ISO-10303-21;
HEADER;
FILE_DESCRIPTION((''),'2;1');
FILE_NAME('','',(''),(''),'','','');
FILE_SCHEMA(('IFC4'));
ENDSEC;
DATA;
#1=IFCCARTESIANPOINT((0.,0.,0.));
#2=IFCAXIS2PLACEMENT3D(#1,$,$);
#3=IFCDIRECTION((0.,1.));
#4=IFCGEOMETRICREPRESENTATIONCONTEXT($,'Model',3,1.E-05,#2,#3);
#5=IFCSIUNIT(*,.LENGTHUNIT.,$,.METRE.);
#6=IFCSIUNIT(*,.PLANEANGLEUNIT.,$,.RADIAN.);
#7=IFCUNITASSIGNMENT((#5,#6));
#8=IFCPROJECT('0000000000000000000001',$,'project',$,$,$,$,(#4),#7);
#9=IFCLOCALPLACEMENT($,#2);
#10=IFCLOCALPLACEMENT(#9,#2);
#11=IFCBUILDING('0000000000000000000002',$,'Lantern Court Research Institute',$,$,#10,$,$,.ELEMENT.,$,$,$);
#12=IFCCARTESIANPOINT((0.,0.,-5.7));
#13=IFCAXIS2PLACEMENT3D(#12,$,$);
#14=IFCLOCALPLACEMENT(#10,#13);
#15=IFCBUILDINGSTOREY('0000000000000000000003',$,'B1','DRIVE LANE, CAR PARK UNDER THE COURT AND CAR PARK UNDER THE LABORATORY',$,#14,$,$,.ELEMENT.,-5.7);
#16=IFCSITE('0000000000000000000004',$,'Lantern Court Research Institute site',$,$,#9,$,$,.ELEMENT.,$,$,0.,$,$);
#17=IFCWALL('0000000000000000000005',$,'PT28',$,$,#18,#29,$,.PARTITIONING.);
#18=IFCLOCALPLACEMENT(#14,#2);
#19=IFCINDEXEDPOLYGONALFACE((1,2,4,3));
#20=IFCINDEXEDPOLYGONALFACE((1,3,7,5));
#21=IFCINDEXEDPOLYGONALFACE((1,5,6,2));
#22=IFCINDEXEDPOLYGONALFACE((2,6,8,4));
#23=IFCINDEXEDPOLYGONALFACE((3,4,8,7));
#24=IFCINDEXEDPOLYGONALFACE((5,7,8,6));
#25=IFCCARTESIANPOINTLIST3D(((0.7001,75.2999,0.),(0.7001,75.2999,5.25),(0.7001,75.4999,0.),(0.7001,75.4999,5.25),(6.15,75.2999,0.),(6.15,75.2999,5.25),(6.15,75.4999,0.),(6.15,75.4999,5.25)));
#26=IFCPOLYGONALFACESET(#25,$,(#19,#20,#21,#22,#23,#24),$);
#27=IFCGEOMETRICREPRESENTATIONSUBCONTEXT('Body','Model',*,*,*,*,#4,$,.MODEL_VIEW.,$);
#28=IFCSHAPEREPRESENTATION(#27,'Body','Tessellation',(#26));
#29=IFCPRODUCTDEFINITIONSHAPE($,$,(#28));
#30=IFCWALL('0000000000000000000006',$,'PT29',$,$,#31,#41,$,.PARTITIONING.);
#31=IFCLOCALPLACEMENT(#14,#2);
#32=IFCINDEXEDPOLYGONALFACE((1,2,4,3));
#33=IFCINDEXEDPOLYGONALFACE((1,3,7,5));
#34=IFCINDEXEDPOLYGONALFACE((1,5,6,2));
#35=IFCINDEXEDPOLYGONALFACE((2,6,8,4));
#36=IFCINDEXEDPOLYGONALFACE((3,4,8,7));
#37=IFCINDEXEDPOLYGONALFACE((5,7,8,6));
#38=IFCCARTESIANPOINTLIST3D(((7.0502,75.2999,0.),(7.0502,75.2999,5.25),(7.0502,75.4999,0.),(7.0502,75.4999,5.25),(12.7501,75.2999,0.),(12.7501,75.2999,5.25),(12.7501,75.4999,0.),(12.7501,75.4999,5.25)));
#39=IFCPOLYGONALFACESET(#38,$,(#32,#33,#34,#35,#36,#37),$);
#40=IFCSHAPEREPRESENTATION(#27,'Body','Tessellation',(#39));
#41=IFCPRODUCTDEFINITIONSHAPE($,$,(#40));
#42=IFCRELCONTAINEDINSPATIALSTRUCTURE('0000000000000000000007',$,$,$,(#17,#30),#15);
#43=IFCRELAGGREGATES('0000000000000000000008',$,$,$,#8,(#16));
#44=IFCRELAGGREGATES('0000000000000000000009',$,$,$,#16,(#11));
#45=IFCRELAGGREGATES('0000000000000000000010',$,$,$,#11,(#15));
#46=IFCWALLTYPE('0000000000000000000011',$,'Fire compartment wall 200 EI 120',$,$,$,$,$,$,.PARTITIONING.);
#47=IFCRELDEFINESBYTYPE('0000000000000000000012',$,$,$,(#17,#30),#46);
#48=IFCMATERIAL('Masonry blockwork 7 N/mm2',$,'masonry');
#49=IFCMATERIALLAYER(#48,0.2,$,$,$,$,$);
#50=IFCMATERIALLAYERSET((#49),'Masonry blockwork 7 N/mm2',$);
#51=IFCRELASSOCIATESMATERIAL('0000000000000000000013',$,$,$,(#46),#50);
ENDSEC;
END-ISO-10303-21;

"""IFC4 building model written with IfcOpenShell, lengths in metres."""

from ifc_helpers import new_model, si_unit, direction, frame, frame_2d, origin, place, context, subcontext, project, spatial, rectangle, extrude, material, layer, layer_set, type_object, element, save


model = new_model("IFC4")

# Units and contexts
model_context = context("Model", 3, precision=1e-05, world=origin(), true_north=direction((0.0, 1.0)))
body_context = subcontext(model_context, "Body", "Model", "MODEL_VIEW")
ifc_project = project(units=[si_unit("LENGTHUNIT", "METRE"), si_unit("PLANEANGLEUNIT", "RADIAN")], contexts=[model_context])

# Site, building, storey
site_placement = place(None, origin())
site = spatial("IfcSite", under=ifc_project, at=site_placement, Name="Lantern Court Research Institute site", CompositionType="ELEMENT", RefElevation=0.0)
building_placement = place(site_placement, origin())
building = spatial("IfcBuilding", under=site, at=building_placement, Name="Lantern Court Research Institute", CompositionType="ELEMENT")
storey_placement = place(building_placement, frame((0.0, 0.0, -5.7)))
storey = spatial("IfcBuildingStorey", under=building, at=storey_placement, Name="B1", Description="DRIVE LANE, CAR PARK UNDER THE COURT AND CAR PARK UNDER THE LABORATORY", CompositionType="ELEMENT", Elevation=-5.7)

# Walls
ifc_material_1 = material(Name="Masonry blockwork 7 N/mm2", Category="masonry")
ifc_layer = layer(ifc_material_1, 0.2)
ifc_layer_set = layer_set([ifc_layer], Name="Masonry blockwork 7 N/mm2")
wall_type = type_object("IfcWallType", Name="Fire compartment wall 200 EI 120", PredefinedType="PARTITIONING", material=ifc_layer_set)
wall_1_placement = place(storey_placement, frame((0.7, 75.3999, 0.0), z_axis=(0.0, 0.0, 1.0), x_axis=(1.0, 0.0, 0.0)))
element("IfcWall", 1, at=wall_1_placement, inside=storey, type_object=wall_type, Name="PT28", PredefinedType="PARTITIONING", context=body_context, shape_type="SweptSolid", body=[
    extrude(rectangle(XDim=5.45, YDim=0.2, at=frame_2d((2.7251, 0.0))), origin(), (0.0, 0.0, 1.0), 5.25),
])
wall_2_placement = place(storey_placement, frame((7.05, 75.3999, 0.0), z_axis=(0.0, 0.0, 1.0), x_axis=(1.0, 0.0, 0.0)))
element("IfcWall", 2, at=wall_2_placement, inside=storey, type_object=wall_type, Name="PT29", PredefinedType="PARTITIONING", context=body_context, shape_type="SweptSolid", body=[
    extrude(rectangle(XDim=5.7, YDim=0.2, at=frame_2d((2.8501, 0.0))), origin(), (0.0, 0.0, 1.0), 5.25),
])

save(model, "model.ifc")
